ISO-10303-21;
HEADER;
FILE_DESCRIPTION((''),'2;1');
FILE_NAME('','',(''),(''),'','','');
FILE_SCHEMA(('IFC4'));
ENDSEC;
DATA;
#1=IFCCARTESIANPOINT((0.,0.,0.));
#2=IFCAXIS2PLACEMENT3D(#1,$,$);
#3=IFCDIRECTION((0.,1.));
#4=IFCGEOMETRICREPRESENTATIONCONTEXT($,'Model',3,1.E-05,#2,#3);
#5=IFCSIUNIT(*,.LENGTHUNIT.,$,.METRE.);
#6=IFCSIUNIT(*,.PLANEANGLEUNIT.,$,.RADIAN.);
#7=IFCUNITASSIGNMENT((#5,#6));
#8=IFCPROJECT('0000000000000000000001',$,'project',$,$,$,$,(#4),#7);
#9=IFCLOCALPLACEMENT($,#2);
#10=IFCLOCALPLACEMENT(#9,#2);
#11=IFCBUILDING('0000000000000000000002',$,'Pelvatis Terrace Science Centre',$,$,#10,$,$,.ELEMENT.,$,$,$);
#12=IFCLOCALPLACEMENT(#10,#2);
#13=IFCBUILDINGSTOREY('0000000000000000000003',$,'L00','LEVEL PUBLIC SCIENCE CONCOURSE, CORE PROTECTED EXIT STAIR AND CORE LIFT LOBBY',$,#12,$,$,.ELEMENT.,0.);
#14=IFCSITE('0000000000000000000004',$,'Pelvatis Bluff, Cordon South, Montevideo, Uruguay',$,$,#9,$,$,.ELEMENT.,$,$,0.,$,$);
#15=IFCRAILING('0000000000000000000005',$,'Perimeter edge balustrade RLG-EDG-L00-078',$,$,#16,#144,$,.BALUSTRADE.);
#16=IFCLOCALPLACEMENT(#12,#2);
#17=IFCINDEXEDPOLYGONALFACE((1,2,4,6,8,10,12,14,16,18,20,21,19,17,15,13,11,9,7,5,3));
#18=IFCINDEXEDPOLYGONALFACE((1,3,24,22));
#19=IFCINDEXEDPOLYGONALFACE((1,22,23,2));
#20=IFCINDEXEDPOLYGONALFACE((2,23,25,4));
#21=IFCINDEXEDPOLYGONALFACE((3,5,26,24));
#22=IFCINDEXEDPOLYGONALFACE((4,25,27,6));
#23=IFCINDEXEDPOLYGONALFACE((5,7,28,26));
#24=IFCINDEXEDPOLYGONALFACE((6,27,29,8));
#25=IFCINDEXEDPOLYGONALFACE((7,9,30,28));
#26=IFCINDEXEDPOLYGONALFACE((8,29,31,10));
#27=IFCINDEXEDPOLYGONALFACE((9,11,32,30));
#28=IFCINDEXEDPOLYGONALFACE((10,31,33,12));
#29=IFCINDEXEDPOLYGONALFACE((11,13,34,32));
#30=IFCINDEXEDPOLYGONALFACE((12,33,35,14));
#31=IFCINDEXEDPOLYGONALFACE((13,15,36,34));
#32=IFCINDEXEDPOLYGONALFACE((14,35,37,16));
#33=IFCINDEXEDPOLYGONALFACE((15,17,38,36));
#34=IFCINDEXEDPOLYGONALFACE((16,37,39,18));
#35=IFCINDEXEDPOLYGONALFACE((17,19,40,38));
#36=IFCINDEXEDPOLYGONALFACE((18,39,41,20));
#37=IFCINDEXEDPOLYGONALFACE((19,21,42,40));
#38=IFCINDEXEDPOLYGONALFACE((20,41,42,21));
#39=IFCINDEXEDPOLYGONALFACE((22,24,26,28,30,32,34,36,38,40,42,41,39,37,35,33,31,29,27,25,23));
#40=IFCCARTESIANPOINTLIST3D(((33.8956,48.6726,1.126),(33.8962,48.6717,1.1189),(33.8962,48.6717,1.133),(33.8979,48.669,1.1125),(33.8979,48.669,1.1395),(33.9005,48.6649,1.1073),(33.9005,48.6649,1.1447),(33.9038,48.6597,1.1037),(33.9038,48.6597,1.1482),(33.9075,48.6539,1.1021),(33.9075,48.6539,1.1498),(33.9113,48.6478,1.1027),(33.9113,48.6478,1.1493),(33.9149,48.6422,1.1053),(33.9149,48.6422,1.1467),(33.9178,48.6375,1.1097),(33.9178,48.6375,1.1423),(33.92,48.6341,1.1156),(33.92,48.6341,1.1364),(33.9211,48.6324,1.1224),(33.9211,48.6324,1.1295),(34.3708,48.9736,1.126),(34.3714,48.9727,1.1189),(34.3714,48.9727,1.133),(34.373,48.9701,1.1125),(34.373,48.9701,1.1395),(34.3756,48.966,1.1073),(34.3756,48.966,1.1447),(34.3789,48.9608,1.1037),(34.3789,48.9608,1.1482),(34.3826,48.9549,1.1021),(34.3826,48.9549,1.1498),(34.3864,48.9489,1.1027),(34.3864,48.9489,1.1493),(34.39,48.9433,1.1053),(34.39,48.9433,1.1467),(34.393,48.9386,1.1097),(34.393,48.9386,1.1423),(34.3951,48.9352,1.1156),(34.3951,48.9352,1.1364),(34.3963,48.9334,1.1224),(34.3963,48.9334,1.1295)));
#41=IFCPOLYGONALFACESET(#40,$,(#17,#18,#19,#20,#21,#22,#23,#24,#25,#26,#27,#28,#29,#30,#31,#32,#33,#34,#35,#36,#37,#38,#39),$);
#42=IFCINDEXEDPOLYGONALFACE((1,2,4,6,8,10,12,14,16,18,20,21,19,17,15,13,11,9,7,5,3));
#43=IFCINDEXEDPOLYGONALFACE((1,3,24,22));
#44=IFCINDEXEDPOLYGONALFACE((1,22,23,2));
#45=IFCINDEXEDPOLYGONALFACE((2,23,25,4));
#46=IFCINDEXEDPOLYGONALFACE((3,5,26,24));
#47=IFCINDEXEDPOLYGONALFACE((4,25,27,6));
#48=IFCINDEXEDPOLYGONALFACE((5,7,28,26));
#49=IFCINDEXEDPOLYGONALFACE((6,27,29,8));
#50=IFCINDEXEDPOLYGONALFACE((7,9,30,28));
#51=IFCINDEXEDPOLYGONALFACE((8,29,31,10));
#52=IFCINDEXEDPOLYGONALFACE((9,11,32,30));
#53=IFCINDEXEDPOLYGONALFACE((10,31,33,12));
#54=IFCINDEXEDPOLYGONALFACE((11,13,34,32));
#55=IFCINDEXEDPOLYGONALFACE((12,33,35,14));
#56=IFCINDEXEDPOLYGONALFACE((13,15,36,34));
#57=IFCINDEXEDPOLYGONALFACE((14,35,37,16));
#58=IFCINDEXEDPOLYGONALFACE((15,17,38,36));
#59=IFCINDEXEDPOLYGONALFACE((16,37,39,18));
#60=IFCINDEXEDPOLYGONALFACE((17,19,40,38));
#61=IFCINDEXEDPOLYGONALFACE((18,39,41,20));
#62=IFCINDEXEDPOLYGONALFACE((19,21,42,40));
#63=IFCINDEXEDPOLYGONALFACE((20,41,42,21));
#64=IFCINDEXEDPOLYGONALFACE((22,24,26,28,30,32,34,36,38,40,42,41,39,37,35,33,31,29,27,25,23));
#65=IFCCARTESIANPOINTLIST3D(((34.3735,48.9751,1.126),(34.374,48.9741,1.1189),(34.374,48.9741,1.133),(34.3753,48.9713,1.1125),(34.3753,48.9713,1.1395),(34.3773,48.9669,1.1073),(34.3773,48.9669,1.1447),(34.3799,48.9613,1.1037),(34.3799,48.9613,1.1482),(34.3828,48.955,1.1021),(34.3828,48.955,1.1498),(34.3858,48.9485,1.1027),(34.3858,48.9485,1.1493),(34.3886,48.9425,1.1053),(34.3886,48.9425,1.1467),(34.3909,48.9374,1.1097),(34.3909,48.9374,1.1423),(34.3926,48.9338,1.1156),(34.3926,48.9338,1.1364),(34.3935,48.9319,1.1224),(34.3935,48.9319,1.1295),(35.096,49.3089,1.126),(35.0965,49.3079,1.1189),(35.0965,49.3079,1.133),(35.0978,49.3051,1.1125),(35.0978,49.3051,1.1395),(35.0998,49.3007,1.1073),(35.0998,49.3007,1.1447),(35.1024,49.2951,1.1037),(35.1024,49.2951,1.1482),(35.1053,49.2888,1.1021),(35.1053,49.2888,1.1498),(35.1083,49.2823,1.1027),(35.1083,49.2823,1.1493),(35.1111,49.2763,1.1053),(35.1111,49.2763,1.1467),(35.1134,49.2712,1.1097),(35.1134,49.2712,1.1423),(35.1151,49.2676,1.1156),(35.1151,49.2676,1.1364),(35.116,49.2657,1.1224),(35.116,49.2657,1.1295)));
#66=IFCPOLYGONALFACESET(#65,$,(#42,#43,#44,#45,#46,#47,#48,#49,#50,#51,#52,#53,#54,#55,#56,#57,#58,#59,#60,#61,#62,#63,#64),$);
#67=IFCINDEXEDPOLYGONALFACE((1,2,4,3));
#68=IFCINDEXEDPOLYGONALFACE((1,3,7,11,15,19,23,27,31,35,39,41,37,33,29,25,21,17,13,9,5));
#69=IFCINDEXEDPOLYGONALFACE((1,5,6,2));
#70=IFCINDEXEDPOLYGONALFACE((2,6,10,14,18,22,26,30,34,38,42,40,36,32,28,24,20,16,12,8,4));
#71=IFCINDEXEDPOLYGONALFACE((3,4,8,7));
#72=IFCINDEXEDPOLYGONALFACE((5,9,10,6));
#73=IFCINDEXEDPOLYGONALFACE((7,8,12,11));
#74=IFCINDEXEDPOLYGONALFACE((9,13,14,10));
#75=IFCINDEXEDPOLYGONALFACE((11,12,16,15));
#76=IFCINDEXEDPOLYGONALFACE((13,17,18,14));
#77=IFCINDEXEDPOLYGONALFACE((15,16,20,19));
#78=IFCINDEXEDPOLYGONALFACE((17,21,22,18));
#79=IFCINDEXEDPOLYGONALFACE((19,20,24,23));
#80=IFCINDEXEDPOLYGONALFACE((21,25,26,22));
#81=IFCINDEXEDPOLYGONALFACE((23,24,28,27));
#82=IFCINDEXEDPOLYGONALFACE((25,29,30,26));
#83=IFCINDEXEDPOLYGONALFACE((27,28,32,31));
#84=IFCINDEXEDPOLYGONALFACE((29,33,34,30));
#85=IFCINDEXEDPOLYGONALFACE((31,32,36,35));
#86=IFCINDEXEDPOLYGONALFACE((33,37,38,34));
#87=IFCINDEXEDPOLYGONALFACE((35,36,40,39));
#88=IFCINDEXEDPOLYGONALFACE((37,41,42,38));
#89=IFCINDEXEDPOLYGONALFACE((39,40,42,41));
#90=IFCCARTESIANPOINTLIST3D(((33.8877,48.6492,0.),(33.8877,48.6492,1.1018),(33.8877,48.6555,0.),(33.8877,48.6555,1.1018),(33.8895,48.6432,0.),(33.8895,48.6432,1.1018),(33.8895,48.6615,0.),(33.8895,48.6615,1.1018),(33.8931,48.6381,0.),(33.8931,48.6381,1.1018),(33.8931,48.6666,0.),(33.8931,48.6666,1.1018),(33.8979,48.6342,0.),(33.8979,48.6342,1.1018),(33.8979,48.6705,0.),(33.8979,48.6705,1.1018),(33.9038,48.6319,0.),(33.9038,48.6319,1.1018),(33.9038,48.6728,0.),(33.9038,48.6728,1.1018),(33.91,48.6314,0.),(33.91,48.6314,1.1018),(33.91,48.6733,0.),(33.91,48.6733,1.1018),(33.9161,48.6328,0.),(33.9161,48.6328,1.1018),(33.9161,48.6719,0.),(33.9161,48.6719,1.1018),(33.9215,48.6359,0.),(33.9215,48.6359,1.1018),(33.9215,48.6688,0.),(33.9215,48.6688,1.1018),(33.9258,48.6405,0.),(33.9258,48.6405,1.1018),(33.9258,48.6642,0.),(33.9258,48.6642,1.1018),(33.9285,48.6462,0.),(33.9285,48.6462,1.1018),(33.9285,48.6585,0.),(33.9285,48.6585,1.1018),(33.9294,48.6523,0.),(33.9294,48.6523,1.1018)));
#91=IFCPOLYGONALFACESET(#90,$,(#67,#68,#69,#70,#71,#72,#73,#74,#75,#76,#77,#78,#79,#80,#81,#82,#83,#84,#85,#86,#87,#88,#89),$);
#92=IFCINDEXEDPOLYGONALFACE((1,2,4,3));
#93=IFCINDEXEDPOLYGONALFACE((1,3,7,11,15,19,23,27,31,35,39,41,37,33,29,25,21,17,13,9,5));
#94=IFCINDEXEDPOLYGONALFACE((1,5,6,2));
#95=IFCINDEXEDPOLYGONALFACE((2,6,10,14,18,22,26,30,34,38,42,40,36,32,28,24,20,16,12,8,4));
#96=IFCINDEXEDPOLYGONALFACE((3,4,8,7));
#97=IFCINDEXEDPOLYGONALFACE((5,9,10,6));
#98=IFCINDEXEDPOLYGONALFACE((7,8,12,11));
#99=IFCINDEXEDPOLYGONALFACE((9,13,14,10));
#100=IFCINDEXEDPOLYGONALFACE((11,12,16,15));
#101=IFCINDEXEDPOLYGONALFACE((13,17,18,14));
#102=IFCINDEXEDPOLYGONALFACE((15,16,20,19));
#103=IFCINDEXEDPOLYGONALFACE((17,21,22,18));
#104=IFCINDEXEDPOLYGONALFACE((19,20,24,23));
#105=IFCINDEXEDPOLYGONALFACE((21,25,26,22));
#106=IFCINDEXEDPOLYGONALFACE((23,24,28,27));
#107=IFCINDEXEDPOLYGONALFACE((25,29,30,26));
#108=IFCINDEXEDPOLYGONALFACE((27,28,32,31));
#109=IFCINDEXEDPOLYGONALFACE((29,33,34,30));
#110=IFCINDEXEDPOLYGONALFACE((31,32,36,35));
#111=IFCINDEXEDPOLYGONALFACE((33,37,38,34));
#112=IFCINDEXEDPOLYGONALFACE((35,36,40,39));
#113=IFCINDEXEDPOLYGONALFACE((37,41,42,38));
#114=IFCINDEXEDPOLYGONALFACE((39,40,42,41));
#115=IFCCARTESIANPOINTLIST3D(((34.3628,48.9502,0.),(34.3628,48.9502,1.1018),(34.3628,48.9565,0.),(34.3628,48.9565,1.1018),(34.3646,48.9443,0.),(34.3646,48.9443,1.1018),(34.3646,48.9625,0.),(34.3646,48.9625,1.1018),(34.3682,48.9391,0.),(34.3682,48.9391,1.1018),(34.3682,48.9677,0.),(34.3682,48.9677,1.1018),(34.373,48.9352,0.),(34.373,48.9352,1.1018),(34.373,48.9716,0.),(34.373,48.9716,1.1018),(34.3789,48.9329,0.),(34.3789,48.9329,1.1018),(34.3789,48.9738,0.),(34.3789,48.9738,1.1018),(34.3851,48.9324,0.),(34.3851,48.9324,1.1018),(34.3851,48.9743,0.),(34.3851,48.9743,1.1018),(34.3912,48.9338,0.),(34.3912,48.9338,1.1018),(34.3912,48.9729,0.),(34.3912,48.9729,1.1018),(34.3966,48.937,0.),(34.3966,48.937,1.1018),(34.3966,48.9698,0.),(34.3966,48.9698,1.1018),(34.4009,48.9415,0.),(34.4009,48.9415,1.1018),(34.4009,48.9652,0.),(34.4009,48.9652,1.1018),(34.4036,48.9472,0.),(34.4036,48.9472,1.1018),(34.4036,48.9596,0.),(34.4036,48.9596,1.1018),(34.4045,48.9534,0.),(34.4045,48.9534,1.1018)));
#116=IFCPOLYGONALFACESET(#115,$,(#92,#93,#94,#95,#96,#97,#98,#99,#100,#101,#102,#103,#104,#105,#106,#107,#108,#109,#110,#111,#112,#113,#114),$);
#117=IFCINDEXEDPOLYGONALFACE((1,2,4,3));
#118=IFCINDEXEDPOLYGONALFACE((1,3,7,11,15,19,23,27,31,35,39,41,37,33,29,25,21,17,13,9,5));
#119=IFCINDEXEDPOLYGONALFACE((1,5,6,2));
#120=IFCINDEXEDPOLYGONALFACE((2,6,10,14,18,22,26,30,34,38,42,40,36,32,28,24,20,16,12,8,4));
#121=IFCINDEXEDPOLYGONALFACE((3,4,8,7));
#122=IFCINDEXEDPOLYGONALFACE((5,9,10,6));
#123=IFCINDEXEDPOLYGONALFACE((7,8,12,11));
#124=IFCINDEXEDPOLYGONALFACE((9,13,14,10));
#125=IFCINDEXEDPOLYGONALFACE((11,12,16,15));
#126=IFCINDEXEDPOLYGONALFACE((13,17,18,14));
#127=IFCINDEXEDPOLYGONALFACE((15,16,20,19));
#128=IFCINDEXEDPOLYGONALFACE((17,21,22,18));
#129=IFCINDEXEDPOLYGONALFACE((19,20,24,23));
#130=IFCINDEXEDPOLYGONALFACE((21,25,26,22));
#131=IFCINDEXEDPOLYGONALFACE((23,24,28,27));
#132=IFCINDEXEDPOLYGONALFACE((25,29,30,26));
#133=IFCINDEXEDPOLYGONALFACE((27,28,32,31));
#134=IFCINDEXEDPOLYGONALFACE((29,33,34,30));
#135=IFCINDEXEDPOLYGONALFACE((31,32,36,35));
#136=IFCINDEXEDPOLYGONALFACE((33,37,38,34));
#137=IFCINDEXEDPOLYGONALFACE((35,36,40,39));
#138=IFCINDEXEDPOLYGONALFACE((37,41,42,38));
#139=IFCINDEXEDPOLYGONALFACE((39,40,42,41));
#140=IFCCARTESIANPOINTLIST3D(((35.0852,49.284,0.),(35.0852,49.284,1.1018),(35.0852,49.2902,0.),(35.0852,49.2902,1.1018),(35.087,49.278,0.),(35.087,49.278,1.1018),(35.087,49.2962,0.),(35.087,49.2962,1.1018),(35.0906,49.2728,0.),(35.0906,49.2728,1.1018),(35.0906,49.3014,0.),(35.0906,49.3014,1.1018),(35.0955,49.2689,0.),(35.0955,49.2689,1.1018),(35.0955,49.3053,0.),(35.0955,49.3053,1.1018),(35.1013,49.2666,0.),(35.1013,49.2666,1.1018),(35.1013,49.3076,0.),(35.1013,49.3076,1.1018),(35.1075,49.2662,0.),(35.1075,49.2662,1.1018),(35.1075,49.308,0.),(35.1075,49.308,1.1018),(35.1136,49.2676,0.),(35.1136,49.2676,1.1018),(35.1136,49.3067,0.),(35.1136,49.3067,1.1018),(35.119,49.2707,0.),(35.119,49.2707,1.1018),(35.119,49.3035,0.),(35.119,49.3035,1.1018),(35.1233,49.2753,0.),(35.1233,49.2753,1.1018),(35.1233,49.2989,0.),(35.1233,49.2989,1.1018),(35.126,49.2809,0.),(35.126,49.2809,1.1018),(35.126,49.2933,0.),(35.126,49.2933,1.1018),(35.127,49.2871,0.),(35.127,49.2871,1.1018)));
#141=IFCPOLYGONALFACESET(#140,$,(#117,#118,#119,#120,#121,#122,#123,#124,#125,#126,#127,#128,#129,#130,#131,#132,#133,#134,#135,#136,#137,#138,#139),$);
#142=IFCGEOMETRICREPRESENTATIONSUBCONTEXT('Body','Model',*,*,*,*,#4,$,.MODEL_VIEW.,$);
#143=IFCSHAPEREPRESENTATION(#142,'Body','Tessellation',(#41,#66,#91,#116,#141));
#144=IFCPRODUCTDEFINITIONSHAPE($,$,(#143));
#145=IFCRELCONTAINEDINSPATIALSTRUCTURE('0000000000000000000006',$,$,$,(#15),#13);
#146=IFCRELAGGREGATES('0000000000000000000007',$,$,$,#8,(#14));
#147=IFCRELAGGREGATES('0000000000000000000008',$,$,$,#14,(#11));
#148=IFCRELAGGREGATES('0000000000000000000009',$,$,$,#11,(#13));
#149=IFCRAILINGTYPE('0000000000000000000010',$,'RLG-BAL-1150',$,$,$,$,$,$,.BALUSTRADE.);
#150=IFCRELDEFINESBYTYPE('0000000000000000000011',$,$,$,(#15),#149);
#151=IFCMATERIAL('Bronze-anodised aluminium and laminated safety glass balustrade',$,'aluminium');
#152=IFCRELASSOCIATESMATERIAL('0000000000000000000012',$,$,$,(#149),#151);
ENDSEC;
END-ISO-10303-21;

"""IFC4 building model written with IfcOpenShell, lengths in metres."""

from ifc_helpers import new_model, si_unit, direction, frame, origin, origin_2d, place, context, subcontext, project, spatial, circle, extrude, material, type_object, element, save


model = new_model("IFC4")

# Units and contexts
model_context = context("Model", 3, precision=1e-05, world=origin(), true_north=direction((0.0, 1.0)))
body_context = subcontext(model_context, "Body", "Model", "MODEL_VIEW")
ifc_project = project(units=[si_unit("LENGTHUNIT", "METRE"), si_unit("PLANEANGLEUNIT", "RADIAN")], contexts=[model_context])

# Site, building, storey
site_placement = place(None, origin())
site = spatial("IfcSite", under=ifc_project, at=site_placement, Name="Pelvatis Bluff, Cordon South, Montevideo, Uruguay", CompositionType="ELEMENT", RefElevation=0.0)
building_placement = place(site_placement, origin())
building = spatial("IfcBuilding", under=site, at=building_placement, Name="Pelvatis Terrace Science Centre", CompositionType="ELEMENT")
storey_placement = place(building_placement, origin())
storey = spatial("IfcBuildingStorey", under=building, at=storey_placement, Name="L00", Description="LEVEL PUBLIC SCIENCE CONCOURSE, CORE PROTECTED EXIT STAIR AND CORE LIFT LOBBY", CompositionType="ELEMENT", Elevation=0.0)

# Railing
ifc_material_1 = material(Name="Bronze-anodised aluminium and laminated safety glass balustrade", Category="aluminium")
railing_type = type_object("IfcRailingType", Name="RLG-BAL-1150", PredefinedType="BALUSTRADE", material=ifc_material_1)
railing_placement = place(storey_placement, frame((33.9084, 48.6523, 0.0)))
element("IfcRailing", 1, at=railing_placement, inside=storey, type_object=railing_type, Name="Perimeter edge balustrade RLG-EDG-L00-078", PredefinedType="BALUSTRADE", context=body_context, shape_type="SweptSolid", body=[
    extrude(circle(Radius=0.0239, at=origin_2d()), frame((0.0, 0.0, 1.126), z_axis=(0.844714, 0.535217, 0.0), x_axis=(-0.535217, 0.844714, 0.0)), (0.0, 0.0, 1.0), 0.5625),
    extrude(circle(Radius=0.0239, at=origin_2d()), frame((0.4751, 0.301, 1.126), z_axis=(0.907807, 0.419389, 0.0), x_axis=(-0.419389, 0.907807, 0.0)), (0.0, 0.0, 1.0), 0.7959),
    extrude(circle(Radius=0.021, at=origin_2d()), origin(), (0.0, 0.0, 1.0), 1.1018),
    extrude(circle(Radius=0.021, at=origin_2d()), frame((0.4751, 0.301, 0.0)), (0.0, 0.0, 1.0), 1.1018),
    extrude(circle(Radius=0.021, at=origin_2d()), frame((1.1975, 0.6348, 0.0)), (0.0, 0.0, 1.0), 1.1018),
])

save(model, "model.ifc")
